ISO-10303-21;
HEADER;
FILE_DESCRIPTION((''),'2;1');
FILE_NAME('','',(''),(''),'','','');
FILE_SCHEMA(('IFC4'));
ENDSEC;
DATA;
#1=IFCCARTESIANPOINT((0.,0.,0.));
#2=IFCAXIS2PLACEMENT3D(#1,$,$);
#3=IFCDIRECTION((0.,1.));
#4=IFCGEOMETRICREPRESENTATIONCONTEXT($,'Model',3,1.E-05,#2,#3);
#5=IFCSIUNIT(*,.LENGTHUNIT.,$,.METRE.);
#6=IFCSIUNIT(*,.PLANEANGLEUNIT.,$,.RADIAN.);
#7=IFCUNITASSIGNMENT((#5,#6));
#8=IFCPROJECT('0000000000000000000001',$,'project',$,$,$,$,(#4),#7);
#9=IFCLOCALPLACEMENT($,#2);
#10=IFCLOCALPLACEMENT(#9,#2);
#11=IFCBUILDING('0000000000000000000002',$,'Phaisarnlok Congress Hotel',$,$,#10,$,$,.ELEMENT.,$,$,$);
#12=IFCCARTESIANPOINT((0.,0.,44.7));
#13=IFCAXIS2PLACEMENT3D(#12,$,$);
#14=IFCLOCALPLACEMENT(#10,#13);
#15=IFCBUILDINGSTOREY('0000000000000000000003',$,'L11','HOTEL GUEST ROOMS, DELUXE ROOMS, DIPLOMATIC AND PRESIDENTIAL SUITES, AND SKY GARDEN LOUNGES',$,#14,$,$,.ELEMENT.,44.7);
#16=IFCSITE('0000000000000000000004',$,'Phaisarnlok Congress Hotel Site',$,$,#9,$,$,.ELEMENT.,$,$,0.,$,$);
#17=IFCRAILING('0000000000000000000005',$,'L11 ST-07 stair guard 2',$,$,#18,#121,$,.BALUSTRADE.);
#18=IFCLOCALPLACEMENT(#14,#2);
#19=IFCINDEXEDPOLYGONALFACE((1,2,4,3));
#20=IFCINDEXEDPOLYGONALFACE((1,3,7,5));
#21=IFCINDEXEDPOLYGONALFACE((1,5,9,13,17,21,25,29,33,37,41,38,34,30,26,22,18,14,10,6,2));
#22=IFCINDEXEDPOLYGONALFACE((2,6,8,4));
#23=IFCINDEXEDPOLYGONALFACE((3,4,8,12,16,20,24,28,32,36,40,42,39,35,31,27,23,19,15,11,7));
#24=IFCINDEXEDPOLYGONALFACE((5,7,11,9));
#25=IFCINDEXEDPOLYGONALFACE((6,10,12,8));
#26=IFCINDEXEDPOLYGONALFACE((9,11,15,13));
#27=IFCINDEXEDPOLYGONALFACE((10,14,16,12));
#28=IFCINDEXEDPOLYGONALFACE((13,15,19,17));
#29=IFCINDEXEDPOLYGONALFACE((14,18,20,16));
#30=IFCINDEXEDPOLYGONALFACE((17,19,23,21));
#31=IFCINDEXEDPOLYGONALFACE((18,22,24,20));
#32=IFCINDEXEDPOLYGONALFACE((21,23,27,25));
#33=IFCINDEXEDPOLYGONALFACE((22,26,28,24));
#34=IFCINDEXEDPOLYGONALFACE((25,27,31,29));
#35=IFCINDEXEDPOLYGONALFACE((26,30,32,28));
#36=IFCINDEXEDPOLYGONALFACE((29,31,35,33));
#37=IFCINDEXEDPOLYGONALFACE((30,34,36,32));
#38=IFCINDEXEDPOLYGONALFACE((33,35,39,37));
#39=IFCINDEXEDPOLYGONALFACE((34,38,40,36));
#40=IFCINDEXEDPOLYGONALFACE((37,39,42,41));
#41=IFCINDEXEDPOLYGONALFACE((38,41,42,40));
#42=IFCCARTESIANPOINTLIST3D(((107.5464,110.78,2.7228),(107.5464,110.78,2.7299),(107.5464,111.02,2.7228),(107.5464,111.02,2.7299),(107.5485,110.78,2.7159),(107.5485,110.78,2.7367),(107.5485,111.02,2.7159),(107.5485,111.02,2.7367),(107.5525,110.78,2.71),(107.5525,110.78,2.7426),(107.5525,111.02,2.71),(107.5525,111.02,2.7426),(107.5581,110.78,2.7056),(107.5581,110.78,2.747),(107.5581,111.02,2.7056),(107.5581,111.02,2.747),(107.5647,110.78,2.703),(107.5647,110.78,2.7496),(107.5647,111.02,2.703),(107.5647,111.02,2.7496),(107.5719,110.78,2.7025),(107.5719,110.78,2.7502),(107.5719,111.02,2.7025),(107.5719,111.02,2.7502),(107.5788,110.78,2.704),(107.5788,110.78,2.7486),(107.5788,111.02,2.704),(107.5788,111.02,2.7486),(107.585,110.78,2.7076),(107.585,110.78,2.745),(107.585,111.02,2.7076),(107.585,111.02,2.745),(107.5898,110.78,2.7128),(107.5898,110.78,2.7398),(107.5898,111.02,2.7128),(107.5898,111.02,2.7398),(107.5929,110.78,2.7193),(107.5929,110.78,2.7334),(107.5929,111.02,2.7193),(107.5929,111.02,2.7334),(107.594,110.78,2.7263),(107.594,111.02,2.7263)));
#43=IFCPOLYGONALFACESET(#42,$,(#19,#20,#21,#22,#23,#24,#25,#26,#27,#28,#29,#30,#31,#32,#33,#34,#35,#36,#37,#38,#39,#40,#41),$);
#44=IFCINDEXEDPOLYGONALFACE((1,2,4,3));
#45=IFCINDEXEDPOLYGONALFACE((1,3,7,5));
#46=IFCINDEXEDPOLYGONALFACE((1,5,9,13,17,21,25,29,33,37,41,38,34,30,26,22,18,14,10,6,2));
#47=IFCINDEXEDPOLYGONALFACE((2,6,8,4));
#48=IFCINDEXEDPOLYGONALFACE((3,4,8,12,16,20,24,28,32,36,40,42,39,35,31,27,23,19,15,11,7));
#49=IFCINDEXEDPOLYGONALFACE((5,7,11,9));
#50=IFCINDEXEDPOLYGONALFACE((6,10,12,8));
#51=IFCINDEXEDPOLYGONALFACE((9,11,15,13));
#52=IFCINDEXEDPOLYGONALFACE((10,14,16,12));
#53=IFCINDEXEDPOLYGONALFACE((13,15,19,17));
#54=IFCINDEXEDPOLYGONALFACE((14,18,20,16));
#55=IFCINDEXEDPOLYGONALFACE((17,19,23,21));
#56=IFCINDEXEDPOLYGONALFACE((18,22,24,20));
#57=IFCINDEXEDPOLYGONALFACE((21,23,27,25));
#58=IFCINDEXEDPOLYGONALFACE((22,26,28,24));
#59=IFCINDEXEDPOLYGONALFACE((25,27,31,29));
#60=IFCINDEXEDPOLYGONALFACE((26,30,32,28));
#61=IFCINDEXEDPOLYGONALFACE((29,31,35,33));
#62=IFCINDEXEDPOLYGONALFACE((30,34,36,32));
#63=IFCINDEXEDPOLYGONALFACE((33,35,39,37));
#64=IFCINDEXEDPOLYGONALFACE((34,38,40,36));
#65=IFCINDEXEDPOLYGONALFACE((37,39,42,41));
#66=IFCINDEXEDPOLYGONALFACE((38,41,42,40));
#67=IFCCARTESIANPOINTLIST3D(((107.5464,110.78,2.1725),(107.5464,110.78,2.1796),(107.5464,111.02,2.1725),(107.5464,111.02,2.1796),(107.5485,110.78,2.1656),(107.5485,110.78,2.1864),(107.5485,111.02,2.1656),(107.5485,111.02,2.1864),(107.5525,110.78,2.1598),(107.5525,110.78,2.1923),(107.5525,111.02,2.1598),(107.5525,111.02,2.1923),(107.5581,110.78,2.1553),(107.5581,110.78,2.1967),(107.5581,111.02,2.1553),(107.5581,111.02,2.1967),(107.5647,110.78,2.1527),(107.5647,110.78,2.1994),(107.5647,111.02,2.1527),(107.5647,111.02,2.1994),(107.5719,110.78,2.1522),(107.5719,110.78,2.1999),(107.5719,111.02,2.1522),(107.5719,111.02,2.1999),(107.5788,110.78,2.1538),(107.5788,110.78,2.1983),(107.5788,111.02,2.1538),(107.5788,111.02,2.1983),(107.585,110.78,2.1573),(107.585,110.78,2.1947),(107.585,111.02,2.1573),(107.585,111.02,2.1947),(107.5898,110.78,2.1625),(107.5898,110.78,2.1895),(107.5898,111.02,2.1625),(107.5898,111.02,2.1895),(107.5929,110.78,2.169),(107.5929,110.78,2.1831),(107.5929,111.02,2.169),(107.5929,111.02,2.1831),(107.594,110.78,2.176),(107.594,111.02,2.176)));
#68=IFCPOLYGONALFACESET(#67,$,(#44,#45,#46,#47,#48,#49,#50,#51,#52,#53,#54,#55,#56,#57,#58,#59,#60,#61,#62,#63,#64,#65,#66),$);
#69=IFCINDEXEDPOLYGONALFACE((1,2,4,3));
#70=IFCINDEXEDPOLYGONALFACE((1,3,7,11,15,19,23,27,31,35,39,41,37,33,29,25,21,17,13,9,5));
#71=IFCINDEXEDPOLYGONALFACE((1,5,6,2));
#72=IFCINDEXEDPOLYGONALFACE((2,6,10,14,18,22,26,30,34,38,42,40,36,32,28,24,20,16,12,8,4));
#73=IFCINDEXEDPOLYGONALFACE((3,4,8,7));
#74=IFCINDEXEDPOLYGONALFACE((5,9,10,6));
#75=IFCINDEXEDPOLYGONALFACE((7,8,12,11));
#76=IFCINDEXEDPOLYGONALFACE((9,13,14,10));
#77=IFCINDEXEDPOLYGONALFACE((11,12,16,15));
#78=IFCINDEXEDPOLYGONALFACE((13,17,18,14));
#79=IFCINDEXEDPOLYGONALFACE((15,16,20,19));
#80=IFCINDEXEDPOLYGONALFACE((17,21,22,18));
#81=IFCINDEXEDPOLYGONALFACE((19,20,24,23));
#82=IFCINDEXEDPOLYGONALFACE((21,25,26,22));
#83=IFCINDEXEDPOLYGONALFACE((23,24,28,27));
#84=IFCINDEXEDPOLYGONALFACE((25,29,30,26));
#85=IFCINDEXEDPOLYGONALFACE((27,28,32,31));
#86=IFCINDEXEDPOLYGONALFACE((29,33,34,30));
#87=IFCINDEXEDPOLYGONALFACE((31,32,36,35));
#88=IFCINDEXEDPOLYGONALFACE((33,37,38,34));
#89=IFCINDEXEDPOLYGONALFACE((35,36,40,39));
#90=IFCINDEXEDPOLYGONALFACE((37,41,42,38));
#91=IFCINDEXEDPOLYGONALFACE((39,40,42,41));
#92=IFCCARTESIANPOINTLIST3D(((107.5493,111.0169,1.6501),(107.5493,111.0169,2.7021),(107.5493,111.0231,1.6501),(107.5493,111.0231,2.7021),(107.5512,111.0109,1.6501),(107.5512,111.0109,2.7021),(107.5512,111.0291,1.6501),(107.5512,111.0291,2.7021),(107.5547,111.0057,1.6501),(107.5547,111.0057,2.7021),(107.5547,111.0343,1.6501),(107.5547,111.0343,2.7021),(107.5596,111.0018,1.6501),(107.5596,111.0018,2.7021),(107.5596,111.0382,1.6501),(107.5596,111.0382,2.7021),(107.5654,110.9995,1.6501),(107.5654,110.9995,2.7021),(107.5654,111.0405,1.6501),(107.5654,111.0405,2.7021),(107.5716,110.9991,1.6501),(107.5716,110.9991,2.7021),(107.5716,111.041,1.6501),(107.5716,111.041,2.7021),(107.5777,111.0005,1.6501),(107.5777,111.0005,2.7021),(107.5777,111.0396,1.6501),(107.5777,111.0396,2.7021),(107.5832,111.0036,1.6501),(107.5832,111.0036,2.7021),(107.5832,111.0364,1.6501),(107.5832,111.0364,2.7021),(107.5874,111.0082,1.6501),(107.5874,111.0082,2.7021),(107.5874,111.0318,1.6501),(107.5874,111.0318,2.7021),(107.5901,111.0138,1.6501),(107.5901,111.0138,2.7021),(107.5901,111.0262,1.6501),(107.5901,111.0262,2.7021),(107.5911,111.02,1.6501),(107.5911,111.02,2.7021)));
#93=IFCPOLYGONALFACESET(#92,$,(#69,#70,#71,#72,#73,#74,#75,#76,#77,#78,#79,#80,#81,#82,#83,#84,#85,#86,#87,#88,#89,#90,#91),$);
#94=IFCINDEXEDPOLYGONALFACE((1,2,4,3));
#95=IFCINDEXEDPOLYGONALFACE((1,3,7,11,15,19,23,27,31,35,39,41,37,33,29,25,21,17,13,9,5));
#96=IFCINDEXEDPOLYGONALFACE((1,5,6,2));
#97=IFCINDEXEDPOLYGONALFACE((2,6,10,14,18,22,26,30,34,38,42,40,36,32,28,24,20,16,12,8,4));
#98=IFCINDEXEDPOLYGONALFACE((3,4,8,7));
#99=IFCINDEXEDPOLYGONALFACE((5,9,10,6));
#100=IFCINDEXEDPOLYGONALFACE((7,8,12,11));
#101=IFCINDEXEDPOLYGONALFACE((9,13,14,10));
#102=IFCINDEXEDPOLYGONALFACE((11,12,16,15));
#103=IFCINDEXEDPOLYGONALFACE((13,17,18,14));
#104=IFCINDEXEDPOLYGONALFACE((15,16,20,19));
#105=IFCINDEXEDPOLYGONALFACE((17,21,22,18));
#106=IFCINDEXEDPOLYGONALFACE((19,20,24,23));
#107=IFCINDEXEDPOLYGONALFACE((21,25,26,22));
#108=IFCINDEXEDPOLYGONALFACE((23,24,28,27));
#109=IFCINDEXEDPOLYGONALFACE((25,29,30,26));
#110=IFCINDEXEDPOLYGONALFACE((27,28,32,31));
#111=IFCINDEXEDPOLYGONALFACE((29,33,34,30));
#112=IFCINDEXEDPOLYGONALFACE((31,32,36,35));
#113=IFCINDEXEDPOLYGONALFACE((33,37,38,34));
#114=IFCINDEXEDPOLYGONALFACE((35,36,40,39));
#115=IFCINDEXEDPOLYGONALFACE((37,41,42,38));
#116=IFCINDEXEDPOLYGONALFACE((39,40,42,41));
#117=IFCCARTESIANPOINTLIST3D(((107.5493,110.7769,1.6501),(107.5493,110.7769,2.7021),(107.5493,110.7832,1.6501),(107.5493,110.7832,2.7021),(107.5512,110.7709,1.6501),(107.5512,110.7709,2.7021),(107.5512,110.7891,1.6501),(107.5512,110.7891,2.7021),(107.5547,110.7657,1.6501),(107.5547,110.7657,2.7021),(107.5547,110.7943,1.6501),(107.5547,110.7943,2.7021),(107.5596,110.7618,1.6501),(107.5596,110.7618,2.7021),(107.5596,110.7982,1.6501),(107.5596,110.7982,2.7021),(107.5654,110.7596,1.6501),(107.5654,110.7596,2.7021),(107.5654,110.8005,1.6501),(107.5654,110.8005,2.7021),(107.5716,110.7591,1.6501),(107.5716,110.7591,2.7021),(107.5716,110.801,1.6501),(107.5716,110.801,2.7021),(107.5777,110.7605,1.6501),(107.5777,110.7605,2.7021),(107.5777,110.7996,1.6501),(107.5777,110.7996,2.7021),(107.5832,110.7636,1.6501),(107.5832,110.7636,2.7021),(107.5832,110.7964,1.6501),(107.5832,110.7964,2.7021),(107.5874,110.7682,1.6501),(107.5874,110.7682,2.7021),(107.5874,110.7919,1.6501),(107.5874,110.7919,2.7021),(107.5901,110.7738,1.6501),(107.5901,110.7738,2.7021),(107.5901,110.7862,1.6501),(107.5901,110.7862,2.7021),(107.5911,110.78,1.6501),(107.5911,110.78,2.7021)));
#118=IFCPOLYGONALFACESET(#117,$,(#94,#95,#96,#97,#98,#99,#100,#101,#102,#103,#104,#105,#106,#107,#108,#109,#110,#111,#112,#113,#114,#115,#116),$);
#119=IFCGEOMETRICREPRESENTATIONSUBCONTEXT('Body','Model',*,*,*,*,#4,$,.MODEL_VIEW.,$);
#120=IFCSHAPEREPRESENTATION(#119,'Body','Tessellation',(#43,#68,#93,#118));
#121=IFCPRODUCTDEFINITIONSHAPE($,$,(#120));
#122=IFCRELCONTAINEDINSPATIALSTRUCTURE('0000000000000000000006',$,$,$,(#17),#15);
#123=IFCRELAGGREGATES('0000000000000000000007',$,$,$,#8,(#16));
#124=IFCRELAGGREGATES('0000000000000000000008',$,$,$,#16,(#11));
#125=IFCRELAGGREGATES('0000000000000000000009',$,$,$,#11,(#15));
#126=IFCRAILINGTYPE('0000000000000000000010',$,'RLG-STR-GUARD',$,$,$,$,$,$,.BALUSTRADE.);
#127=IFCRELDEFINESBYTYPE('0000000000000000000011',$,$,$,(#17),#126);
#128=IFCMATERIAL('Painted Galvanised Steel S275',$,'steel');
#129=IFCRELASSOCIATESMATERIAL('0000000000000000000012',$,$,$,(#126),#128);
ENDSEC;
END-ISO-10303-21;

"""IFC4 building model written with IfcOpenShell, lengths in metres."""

from ifc_helpers import new_model, si_unit, direction, frame, origin, origin_2d, place, context, subcontext, project, spatial, circle, extrude, material, type_object, element, save


model = new_model("IFC4")

# Units and contexts
model_context = context("Model", 3, precision=1e-05, world=origin(), true_north=direction((0.0, 1.0)))
body_context = subcontext(model_context, "Body", "Model", "MODEL_VIEW")
ifc_project = project(units=[si_unit("LENGTHUNIT", "METRE"), si_unit("PLANEANGLEUNIT", "RADIAN")], contexts=[model_context])

# Site, building, storey
site_placement = place(None, origin())
site = spatial("IfcSite", under=ifc_project, at=site_placement, Name="Phaisarnlok Congress Hotel Site", CompositionType="ELEMENT", RefElevation=0.0)
building_placement = place(site_placement, origin())
building = spatial("IfcBuilding", under=site, at=building_placement, Name="Phaisarnlok Congress Hotel", CompositionType="ELEMENT")
storey_placement = place(building_placement, frame((0.0, 0.0, 44.7)))
storey = spatial("IfcBuildingStorey", under=building, at=storey_placement, Name="L11", Description="HOTEL GUEST ROOMS, DELUXE ROOMS, DIPLOMATIC AND PRESIDENTIAL SUITES, AND SKY GARDEN LOUNGES", CompositionType="ELEMENT", Elevation=44.7)

# Railing
ifc_material_1 = material(Name="Painted Galvanised Steel S275", Category="steel")
railing_type_1 = type_object("IfcRailingType", Name="RLG-STR-GUARD", PredefinedType="BALUSTRADE", material=ifc_material_1)
railing_1_placement = place(storey_placement, frame((107.5701, 111.02, 1.6501)))
element("IfcRailing", 1, at=railing_1_placement, inside=storey, type_object=railing_type_1, Name="L11 ST-07 stair guard 2", PredefinedType="BALUSTRADE", context=body_context, shape_type="SweptSolid", body=[
    extrude(circle(Radius=0.0239, at=origin_2d()), frame((0.0, 0.0, 1.0762), z_axis=(0.0, -1.0, 0.0), x_axis=(1.0, 0.0, 0.0)), (0.0, 0.0, 1.0), 0.24),
    extrude(circle(Radius=0.0239, at=origin_2d()), frame((0.0, 0.0, 0.5259), z_axis=(0.0, -1.0, 0.0), x_axis=(1.0, 0.0, 0.0)), (0.0, 0.0, 1.0), 0.24),
    extrude(circle(Radius=0.021, at=origin_2d()), origin(), (0.0, 0.0, 1.0), 1.052),
    extrude(circle(Radius=0.021, at=origin_2d()), frame((0.0, -0.24, 0.0)), (0.0, 0.0, 1.0), 1.052),
])

save(model, "model.ifc")
